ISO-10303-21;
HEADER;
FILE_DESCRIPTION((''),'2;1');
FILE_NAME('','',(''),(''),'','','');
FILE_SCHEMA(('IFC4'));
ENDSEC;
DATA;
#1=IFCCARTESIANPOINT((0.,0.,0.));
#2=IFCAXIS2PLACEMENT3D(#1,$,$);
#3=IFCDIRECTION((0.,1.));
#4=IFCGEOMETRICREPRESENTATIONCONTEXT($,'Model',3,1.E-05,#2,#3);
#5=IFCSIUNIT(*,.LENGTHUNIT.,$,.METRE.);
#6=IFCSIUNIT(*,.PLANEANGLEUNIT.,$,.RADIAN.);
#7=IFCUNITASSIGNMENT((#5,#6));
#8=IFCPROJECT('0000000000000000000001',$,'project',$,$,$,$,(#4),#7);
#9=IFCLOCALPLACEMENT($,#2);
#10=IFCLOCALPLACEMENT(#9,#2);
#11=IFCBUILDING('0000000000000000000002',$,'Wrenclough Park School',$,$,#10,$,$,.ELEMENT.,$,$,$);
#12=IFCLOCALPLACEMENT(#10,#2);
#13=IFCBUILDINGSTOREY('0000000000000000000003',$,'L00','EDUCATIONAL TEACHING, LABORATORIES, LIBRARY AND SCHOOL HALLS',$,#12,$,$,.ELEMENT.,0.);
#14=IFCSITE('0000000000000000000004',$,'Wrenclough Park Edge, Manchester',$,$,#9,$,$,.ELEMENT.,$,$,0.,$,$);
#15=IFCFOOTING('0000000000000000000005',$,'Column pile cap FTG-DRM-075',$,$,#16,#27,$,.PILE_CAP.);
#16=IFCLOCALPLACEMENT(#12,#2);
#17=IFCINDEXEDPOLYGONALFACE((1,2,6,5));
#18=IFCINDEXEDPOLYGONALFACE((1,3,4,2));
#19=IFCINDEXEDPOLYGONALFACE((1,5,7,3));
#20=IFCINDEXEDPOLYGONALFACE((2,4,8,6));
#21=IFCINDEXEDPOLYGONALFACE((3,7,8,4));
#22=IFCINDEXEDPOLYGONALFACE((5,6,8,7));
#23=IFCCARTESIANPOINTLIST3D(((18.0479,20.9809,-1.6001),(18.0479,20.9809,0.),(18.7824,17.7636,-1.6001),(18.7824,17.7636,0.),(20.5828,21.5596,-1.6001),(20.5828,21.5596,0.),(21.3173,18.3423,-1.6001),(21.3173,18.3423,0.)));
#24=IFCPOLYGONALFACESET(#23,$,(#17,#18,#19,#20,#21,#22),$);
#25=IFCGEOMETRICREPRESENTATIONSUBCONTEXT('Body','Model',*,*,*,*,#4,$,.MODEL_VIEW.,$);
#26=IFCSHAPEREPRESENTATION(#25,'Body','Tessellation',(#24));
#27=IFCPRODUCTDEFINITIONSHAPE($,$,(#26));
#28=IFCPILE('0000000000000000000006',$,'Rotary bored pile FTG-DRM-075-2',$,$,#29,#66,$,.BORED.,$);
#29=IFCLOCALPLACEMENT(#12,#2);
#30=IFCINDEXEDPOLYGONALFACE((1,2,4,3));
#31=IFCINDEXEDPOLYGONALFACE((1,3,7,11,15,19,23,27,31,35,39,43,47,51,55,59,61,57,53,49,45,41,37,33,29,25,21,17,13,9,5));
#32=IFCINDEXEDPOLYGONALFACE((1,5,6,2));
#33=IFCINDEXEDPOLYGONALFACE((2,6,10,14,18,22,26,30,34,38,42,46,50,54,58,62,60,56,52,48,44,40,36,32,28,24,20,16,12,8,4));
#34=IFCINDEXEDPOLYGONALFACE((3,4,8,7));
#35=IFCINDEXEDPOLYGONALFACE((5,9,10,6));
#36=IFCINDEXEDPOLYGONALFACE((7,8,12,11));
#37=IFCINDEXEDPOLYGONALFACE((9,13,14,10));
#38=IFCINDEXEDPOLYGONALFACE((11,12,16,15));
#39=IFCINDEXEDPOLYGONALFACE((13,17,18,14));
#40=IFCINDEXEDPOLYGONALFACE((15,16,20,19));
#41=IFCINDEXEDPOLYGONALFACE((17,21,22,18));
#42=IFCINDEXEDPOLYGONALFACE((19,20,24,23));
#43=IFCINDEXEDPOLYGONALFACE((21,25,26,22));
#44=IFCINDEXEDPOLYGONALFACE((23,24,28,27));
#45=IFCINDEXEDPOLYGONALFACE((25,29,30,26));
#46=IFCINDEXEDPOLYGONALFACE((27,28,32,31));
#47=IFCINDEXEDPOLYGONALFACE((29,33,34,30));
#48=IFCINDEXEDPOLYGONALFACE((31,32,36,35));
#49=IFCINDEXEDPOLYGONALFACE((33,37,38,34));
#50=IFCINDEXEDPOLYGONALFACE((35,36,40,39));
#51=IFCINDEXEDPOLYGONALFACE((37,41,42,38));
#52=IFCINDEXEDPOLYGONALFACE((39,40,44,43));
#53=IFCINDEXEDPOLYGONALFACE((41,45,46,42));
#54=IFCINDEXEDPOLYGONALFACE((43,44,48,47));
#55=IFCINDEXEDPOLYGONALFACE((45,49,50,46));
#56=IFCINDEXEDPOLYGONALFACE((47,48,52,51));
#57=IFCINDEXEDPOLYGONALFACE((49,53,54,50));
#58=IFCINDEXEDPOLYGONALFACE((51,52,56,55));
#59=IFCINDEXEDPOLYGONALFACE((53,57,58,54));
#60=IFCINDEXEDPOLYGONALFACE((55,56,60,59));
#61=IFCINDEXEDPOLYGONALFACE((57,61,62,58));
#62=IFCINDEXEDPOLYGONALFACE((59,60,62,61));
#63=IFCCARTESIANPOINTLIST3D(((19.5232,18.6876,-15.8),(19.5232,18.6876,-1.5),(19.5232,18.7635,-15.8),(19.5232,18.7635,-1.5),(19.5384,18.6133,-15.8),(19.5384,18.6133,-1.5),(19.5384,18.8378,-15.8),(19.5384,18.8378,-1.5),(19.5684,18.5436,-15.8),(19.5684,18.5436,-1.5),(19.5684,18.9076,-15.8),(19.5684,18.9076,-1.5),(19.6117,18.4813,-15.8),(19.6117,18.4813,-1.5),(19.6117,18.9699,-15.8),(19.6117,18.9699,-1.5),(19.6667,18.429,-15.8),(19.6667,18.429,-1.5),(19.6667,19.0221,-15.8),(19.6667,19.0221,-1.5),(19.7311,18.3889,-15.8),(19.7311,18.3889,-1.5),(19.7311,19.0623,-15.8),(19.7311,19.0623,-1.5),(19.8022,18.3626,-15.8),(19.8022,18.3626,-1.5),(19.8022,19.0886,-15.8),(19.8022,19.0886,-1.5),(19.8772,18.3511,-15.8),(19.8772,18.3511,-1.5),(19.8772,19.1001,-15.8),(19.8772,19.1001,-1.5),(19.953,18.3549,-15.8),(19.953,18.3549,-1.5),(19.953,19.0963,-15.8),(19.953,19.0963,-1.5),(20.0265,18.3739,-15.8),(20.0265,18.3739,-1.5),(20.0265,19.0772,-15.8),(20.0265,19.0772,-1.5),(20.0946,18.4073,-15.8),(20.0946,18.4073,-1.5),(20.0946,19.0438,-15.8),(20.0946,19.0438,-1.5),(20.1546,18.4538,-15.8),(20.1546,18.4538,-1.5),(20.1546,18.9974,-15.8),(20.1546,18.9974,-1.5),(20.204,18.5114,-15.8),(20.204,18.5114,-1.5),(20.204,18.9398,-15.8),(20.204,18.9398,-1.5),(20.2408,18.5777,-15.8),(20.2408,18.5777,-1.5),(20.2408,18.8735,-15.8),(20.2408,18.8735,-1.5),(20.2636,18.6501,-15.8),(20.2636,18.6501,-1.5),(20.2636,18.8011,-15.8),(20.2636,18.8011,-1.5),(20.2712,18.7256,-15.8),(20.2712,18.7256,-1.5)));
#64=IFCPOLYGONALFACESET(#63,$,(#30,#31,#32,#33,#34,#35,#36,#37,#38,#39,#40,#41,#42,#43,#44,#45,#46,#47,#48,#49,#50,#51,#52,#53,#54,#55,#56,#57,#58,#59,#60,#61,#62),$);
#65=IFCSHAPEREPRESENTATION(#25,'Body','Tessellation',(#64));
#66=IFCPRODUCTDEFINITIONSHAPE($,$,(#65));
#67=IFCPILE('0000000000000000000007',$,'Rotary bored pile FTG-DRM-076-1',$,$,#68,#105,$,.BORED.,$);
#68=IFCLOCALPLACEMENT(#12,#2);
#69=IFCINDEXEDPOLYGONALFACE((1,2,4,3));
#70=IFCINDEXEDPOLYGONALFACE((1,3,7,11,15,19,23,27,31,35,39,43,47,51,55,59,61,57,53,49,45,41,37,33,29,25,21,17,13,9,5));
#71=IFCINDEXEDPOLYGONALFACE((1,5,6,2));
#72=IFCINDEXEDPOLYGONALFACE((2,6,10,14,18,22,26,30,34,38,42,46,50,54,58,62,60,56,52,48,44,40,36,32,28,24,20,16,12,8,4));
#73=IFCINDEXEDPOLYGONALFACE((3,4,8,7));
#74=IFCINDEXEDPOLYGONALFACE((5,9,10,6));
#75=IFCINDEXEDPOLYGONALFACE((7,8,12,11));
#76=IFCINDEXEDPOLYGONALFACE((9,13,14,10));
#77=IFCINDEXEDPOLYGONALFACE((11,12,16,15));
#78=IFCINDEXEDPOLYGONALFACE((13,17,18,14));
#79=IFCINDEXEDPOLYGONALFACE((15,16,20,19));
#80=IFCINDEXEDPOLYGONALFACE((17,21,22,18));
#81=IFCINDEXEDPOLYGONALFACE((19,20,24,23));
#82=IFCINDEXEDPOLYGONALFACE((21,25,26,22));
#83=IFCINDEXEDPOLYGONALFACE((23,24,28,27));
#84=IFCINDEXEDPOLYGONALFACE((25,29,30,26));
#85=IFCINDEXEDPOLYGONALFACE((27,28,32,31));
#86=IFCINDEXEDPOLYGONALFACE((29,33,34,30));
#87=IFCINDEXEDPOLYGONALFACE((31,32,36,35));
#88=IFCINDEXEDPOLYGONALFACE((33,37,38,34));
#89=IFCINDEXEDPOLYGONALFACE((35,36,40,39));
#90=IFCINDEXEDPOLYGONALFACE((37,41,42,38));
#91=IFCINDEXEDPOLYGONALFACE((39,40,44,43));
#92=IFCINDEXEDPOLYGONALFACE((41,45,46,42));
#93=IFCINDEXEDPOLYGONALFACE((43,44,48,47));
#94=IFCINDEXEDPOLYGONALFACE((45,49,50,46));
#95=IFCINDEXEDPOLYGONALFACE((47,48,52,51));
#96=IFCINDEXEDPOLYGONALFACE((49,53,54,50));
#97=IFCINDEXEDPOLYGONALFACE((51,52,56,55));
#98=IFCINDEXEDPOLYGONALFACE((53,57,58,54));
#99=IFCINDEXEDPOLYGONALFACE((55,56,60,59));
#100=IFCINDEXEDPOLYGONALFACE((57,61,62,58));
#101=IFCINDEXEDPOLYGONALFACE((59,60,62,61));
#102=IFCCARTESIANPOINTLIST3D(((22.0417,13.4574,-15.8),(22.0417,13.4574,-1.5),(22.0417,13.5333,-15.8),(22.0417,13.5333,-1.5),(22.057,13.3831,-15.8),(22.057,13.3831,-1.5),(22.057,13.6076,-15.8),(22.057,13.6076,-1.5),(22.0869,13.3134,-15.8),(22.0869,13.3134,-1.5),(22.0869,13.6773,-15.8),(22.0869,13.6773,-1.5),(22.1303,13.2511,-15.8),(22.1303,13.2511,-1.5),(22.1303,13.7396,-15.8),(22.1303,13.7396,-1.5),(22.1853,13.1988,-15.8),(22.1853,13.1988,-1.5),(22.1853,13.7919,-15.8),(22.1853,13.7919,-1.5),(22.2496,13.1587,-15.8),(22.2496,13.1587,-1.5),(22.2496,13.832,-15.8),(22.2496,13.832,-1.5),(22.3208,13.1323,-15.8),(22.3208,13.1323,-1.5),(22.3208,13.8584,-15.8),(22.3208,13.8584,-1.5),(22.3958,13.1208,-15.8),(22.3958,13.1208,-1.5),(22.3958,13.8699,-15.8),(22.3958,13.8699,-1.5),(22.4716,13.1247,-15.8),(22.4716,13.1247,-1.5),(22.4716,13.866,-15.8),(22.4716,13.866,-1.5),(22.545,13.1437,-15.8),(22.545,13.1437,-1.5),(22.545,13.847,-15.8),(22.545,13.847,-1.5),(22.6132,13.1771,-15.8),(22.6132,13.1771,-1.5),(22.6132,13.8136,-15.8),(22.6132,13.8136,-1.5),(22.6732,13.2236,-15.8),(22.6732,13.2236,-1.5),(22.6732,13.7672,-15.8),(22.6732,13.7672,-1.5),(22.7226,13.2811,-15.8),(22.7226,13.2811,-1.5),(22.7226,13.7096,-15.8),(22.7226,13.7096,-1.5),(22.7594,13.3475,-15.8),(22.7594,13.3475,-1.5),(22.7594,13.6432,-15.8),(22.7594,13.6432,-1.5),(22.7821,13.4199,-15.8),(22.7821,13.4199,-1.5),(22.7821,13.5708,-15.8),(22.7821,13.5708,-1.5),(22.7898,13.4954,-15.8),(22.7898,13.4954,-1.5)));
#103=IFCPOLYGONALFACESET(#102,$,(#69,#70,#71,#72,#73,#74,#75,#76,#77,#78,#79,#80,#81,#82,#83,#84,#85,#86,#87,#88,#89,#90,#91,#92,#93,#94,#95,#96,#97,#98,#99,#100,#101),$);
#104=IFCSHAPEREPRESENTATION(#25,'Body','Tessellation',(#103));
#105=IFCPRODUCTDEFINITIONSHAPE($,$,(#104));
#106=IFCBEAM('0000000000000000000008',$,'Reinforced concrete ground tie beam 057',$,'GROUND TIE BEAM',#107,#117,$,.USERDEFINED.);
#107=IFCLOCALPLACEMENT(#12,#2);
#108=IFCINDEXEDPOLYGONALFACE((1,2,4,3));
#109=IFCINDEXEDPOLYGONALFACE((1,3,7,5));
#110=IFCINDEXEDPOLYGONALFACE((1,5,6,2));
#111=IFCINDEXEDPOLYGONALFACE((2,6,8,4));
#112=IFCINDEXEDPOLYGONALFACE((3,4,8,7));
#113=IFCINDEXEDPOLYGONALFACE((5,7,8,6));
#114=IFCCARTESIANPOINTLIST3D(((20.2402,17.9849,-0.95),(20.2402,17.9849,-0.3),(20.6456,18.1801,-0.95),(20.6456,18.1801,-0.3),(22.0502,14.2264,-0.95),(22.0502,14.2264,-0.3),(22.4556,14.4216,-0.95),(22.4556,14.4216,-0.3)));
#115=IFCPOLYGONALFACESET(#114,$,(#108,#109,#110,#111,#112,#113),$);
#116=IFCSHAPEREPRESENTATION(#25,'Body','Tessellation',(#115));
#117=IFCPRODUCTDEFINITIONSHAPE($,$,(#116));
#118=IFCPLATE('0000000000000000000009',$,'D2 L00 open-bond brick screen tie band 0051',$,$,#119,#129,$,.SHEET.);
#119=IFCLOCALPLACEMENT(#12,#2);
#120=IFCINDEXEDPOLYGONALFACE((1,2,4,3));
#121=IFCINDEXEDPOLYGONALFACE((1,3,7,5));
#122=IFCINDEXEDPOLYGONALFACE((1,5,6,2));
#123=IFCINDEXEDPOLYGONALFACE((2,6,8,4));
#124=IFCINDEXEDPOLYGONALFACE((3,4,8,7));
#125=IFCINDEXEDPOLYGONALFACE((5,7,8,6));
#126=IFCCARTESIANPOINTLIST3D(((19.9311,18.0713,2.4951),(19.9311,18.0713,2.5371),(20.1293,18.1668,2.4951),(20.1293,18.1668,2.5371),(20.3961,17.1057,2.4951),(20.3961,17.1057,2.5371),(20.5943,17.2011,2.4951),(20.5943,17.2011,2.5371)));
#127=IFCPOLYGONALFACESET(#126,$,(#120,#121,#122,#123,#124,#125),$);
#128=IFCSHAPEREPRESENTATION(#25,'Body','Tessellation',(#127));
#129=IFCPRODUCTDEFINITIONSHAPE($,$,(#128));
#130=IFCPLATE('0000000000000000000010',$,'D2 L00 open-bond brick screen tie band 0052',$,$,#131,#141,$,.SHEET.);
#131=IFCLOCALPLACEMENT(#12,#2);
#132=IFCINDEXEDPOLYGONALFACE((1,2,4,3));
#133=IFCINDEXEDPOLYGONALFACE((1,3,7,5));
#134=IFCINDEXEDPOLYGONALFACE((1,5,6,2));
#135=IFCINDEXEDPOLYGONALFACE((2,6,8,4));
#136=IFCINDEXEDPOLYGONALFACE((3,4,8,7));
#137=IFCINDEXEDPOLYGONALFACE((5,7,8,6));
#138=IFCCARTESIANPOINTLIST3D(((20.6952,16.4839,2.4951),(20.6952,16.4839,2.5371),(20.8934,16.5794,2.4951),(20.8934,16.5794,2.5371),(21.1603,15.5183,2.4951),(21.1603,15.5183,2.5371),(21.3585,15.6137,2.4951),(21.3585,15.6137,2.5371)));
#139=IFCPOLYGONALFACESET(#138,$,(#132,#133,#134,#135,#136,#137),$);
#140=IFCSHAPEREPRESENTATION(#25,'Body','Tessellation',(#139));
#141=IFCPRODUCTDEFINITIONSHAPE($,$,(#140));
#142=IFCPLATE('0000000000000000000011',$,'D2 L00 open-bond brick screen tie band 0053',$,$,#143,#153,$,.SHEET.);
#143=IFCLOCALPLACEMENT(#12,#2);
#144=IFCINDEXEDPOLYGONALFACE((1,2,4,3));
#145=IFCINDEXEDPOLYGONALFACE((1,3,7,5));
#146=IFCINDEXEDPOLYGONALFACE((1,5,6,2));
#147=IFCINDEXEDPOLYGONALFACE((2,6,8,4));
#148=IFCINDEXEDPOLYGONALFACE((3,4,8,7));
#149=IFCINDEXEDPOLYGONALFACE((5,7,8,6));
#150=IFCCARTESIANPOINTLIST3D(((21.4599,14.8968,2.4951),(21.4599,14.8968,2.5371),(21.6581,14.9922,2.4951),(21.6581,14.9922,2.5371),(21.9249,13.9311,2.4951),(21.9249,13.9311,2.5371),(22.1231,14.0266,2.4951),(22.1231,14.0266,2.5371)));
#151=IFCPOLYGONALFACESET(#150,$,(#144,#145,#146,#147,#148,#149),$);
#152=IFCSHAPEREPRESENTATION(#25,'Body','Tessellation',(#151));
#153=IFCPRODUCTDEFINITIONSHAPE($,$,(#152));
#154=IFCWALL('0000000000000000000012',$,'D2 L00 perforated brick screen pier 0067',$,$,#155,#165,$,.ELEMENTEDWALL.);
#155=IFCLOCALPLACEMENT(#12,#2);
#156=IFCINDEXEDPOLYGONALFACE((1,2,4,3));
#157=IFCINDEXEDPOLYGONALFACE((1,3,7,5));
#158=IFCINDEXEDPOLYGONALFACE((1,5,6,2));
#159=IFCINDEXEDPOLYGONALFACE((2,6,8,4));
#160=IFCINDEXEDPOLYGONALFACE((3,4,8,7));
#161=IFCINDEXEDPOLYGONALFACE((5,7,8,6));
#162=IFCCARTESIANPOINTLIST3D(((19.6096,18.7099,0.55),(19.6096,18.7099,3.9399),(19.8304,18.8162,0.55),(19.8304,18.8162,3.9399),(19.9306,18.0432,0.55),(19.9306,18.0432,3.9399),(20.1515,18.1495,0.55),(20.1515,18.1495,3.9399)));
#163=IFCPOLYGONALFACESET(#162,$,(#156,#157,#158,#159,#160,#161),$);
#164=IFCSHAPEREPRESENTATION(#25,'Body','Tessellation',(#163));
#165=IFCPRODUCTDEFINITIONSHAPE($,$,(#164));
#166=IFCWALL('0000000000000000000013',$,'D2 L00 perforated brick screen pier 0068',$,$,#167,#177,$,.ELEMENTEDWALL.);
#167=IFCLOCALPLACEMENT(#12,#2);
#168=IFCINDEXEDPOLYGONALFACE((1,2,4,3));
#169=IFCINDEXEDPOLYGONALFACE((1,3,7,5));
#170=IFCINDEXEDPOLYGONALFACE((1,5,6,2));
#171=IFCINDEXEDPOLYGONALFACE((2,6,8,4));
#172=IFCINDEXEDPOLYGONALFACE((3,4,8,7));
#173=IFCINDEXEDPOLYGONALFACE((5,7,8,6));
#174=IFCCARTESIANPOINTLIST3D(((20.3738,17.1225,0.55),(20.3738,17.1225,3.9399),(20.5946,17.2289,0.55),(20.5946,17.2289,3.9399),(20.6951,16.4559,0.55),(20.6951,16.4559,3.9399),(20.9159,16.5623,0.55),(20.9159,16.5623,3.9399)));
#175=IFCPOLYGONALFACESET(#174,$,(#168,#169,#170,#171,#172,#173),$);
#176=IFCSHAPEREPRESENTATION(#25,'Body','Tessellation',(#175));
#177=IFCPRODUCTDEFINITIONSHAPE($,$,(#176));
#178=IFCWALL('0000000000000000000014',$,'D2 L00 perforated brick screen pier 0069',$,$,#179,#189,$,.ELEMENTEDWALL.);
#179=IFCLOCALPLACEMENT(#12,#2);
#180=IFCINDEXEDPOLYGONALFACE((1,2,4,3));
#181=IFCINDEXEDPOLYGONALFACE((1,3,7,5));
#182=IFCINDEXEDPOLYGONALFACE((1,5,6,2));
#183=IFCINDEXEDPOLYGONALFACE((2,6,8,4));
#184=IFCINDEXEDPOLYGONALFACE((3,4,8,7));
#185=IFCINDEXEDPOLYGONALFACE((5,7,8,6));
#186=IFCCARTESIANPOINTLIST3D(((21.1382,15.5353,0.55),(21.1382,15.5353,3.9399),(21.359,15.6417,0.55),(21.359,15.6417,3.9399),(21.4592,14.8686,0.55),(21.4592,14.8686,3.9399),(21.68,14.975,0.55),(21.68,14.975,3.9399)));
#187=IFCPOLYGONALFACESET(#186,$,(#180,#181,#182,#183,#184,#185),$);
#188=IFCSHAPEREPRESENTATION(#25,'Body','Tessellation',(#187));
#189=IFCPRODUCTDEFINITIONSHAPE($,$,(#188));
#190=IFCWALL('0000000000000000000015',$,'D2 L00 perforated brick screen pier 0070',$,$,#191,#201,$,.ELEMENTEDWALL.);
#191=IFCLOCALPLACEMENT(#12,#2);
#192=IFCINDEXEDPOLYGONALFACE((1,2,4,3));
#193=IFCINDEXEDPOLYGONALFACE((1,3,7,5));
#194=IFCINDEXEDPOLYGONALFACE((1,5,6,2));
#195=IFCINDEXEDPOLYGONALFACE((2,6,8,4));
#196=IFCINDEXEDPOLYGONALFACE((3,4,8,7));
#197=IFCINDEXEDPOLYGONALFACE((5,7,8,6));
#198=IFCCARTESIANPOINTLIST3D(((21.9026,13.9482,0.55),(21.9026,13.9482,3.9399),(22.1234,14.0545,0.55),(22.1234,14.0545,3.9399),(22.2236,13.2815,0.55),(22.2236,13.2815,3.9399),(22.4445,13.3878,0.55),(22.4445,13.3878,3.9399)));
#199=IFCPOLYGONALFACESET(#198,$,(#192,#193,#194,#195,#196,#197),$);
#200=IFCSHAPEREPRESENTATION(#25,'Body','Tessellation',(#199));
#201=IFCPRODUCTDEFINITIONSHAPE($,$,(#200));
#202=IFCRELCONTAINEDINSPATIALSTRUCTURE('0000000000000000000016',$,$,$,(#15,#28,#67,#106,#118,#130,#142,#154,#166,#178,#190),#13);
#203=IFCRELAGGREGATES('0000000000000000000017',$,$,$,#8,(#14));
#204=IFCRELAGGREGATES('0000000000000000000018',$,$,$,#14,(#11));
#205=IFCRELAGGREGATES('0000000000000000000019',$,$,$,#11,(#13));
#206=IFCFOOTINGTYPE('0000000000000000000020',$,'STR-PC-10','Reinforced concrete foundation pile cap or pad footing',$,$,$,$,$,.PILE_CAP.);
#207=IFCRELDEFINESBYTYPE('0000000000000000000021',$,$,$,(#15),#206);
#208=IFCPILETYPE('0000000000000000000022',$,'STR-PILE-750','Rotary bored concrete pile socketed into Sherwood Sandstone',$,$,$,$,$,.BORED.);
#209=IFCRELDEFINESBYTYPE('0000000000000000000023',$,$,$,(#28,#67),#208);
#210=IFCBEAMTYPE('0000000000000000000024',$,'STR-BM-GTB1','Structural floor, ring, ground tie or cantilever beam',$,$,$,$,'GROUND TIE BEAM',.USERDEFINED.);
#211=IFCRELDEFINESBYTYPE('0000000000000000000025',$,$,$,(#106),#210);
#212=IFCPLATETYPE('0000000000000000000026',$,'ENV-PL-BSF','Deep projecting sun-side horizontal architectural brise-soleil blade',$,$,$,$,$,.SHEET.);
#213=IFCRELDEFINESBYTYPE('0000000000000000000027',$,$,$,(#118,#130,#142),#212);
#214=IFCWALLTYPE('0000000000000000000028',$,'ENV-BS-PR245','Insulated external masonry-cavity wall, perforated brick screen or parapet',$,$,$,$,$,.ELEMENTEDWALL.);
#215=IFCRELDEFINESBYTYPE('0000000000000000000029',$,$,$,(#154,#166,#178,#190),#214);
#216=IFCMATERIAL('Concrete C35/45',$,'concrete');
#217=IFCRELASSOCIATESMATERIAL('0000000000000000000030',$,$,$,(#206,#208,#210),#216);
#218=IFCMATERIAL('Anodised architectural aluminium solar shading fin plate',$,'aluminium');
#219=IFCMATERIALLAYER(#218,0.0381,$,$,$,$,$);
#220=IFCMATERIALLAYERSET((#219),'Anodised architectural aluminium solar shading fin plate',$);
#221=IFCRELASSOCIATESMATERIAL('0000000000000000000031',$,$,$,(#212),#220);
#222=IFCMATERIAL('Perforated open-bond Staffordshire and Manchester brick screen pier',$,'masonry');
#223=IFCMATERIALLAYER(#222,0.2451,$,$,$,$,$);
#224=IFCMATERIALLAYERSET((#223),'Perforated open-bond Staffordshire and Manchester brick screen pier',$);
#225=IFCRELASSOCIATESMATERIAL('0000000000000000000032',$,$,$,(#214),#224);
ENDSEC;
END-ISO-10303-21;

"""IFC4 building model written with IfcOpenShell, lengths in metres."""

from ifc_helpers import new_model, si_unit, direction, frame, frame_2d, origin, origin_2d, place, context, subcontext, project, spatial, rectangle, circle, extrude, material, layer, layer_set, material_profile, profile_set, type_object, element, save


model = new_model("IFC4")

# Units and contexts
model_context = context("Model", 3, precision=1e-05, world=origin(), true_north=direction((0.0, 1.0)))
body_context = subcontext(model_context, "Body", "Model", "MODEL_VIEW")
ifc_project = project(units=[si_unit("LENGTHUNIT", "METRE"), si_unit("PLANEANGLEUNIT", "RADIAN")], contexts=[model_context])

# Site, building, storey
site_placement = place(None, origin())
site = spatial("IfcSite", under=ifc_project, at=site_placement, Name="Wrenclough Park Edge, Manchester", CompositionType="ELEMENT", RefElevation=0.0)
building_placement = place(site_placement, origin())
building = spatial("IfcBuilding", under=site, at=building_placement, Name="Wrenclough Park School", CompositionType="ELEMENT")
storey_placement = place(building_placement, origin())
storey = spatial("IfcBuildingStorey", under=building, at=storey_placement, Name="L00", Description="EDUCATIONAL TEACHING, LABORATORIES, LIBRARY AND SCHOOL HALLS", CompositionType="ELEMENT", Elevation=0.0)

# Footing
ifc_material_1 = material(Name="Concrete C35/45", Category="concrete")
footing_type = type_object("IfcFootingType", Name="STR-PC-10", Description="Reinforced concrete foundation pile cap or pad footing", PredefinedType="PILE_CAP", material=ifc_material_1)
footing_placement = place(storey_placement, frame((19.6826, 19.6616, -1.6001), z_axis=(0.0, 0.0, 1.0), x_axis=(0.22257, -0.974917, 0.0)))
element("IfcFooting", 1, at=footing_placement, inside=storey, type_object=footing_type, Name="Column pile cap FTG-DRM-075", PredefinedType="PILE_CAP", context=body_context, shape_type="SweptSolid", body=[
    extrude(rectangle(XDim=3.3, YDim=2.6001, at=origin_2d()), origin(), (0.0, 0.0, 1.0), 1.6001),
])

# Piles
ifc_material_profile_1 = material_profile(ifc_material_1, circle(Radius=0.375, at=origin_2d()), Name="BORED PILE D750")
ifc_profile_set_1 = profile_set([ifc_material_profile_1], Name="Concrete C35/45")
pile_type = type_object("IfcPileType", Name="STR-PILE-750", Description="Rotary bored concrete pile socketed into Sherwood Sandstone", PredefinedType="BORED", material=ifc_profile_set_1)
for number, where, z_axis, x_axis, name in (
    (2, (19.8962, 18.7256, -1.5), (0.0, 0.0, -1.0), (1.0, 0.0, 0.0), "Rotary bored pile FTG-DRM-075-2"),
    (3, (22.4148, 13.4954, -1.5), (0.0, 0.0, -1.0), (1.0, 0.0, 0.0), "Rotary bored pile FTG-DRM-076-1"),
):
    element("IfcPile", number, at=place(storey_placement, frame(where, z_axis=z_axis, x_axis=x_axis)), inside=storey, type_object=pile_type, Name=name, PredefinedType="BORED", context=body_context, shape_type="SweptSolid", body=[
        extrude(circle(Radius=0.375, at=origin_2d()), origin(), (0.0, 0.0, 1.0), 14.3),
    ])

# Beam
ifc_material_profile_2 = material_profile(ifc_material_1, rectangle(XDim=0.45, YDim=0.6499, at=origin_2d()), Name="RC GROUND 450x650")
ifc_profile_set_2 = profile_set([ifc_material_profile_2], Name="Concrete C35/45")
beam_type = type_object("IfcBeamType", Name="STR-BM-GTB1", Description="Structural floor, ring, ground tie or cantilever beam", ElementType="GROUND TIE BEAM", PredefinedType="USERDEFINED", material=ifc_profile_set_2)
beam_placement = place(storey_placement, frame((20.4429, 18.0825, -0.625), z_axis=(0.433891, -0.900965, 0.0), x_axis=(0.900965, 0.433891, 0.0)))
element("IfcBeam", 4, at=beam_placement, inside=storey, type_object=beam_type, Name="Reinforced concrete ground tie beam 057", ObjectType="GROUND TIE BEAM", PredefinedType="USERDEFINED", context=body_context, shape_type="SweptSolid", body=[
    extrude(rectangle(XDim=0.45, YDim=0.6499, at=origin_2d()), origin(), (0.0, 0.0, 1.0), 4.1716),
])

# Plates
ifc_material_2 = material(Name="Anodised architectural aluminium solar shading fin plate", Category="aluminium")
ifc_layer_1 = layer(ifc_material_2, 0.0381)
ifc_layer_set_1 = layer_set([ifc_layer_1], Name="Anodised architectural aluminium solar shading fin plate")
plate_type = type_object("IfcPlateType", Name="ENV-PL-BSF", Description="Deep projecting sun-side horizontal architectural brise-soleil blade", PredefinedType="SHEET", material=ifc_layer_set_1)
for number, where, z_axis, x_axis, name in (
    (5, (20.2627, 17.6362, 2.4951), (0.0, 0.0, 1.0), (0.433882, -0.90097, 0.0), "D2 L00 open-bond brick screen tie band 0051"),
    (6, (21.0269, 16.0488, 2.4951), (0.0, 0.0, 1.0), (0.433882, -0.90097, 0.0), "D2 L00 open-bond brick screen tie band 0052"),
    (7, (21.7915, 14.4617, 2.4951), (0.0, 0.0, 1.0), (0.433882, -0.90097, 0.0), "D2 L00 open-bond brick screen tie band 0053"),
):
    element("IfcPlate", number, at=place(storey_placement, frame(where, z_axis=z_axis, x_axis=x_axis)), inside=storey, type_object=plate_type, Name=name, PredefinedType="SHEET", context=body_context, shape_type="SweptSolid", body=[
        extrude(rectangle(XDim=1.0718, YDim=0.22, at=origin_2d()), origin(), (0.0, 0.0, 1.0), 0.042),
    ])

# Walls
ifc_material_3 = material(Name="Perforated open-bond Staffordshire and Manchester brick screen pier", Category="masonry")
ifc_layer_2 = layer(ifc_material_3, 0.2451)
ifc_layer_set_2 = layer_set([ifc_layer_2], Name="Perforated open-bond Staffordshire and Manchester brick screen pier")
wall_type_1 = type_object("IfcWallType", Name="ENV-BS-PR245", Description="Insulated external masonry-cavity wall, perforated brick screen or parapet", PredefinedType="ELEMENTEDWALL", material=ifc_layer_set_2)
for number, where, z_axis, x_axis, name in (
    (8, (19.72, 18.7632, 0.55), (0.0, 0.0, 1.0), (0.433835, -0.900992, 0.0), "D2 L00 perforated brick screen pier 0067"),
    (9, (20.4841, 17.1758, 0.55), (0.0, 0.0, 1.0), (0.434232, -0.900801, 0.0), "D2 L00 perforated brick screen pier 0068"),
    (10, (21.2485, 15.5886, 0.55), (0.0, 0.0, 1.0), (0.433835, -0.900992, 0.0), "D2 L00 perforated brick screen pier 0069"),
    (11, (22.0129, 14.0015, 0.55), (0.0, 0.0, 1.0), (0.433835, -0.900992, 0.0), "D2 L00 perforated brick screen pier 0070"),
):
    element("IfcWall", number, at=place(storey_placement, frame(where, z_axis=z_axis, x_axis=x_axis)), inside=storey, type_object=wall_type_1, Name=name, PredefinedType="ELEMENTEDWALL", context=body_context, shape_type="SweptSolid", body=[
        extrude(rectangle(XDim=0.74, YDim=0.2451, at=frame_2d((0.3701, 0.0))), origin(), (0.0, 0.0, 1.0), 3.3899),
    ])

save(model, "model.ifc")
